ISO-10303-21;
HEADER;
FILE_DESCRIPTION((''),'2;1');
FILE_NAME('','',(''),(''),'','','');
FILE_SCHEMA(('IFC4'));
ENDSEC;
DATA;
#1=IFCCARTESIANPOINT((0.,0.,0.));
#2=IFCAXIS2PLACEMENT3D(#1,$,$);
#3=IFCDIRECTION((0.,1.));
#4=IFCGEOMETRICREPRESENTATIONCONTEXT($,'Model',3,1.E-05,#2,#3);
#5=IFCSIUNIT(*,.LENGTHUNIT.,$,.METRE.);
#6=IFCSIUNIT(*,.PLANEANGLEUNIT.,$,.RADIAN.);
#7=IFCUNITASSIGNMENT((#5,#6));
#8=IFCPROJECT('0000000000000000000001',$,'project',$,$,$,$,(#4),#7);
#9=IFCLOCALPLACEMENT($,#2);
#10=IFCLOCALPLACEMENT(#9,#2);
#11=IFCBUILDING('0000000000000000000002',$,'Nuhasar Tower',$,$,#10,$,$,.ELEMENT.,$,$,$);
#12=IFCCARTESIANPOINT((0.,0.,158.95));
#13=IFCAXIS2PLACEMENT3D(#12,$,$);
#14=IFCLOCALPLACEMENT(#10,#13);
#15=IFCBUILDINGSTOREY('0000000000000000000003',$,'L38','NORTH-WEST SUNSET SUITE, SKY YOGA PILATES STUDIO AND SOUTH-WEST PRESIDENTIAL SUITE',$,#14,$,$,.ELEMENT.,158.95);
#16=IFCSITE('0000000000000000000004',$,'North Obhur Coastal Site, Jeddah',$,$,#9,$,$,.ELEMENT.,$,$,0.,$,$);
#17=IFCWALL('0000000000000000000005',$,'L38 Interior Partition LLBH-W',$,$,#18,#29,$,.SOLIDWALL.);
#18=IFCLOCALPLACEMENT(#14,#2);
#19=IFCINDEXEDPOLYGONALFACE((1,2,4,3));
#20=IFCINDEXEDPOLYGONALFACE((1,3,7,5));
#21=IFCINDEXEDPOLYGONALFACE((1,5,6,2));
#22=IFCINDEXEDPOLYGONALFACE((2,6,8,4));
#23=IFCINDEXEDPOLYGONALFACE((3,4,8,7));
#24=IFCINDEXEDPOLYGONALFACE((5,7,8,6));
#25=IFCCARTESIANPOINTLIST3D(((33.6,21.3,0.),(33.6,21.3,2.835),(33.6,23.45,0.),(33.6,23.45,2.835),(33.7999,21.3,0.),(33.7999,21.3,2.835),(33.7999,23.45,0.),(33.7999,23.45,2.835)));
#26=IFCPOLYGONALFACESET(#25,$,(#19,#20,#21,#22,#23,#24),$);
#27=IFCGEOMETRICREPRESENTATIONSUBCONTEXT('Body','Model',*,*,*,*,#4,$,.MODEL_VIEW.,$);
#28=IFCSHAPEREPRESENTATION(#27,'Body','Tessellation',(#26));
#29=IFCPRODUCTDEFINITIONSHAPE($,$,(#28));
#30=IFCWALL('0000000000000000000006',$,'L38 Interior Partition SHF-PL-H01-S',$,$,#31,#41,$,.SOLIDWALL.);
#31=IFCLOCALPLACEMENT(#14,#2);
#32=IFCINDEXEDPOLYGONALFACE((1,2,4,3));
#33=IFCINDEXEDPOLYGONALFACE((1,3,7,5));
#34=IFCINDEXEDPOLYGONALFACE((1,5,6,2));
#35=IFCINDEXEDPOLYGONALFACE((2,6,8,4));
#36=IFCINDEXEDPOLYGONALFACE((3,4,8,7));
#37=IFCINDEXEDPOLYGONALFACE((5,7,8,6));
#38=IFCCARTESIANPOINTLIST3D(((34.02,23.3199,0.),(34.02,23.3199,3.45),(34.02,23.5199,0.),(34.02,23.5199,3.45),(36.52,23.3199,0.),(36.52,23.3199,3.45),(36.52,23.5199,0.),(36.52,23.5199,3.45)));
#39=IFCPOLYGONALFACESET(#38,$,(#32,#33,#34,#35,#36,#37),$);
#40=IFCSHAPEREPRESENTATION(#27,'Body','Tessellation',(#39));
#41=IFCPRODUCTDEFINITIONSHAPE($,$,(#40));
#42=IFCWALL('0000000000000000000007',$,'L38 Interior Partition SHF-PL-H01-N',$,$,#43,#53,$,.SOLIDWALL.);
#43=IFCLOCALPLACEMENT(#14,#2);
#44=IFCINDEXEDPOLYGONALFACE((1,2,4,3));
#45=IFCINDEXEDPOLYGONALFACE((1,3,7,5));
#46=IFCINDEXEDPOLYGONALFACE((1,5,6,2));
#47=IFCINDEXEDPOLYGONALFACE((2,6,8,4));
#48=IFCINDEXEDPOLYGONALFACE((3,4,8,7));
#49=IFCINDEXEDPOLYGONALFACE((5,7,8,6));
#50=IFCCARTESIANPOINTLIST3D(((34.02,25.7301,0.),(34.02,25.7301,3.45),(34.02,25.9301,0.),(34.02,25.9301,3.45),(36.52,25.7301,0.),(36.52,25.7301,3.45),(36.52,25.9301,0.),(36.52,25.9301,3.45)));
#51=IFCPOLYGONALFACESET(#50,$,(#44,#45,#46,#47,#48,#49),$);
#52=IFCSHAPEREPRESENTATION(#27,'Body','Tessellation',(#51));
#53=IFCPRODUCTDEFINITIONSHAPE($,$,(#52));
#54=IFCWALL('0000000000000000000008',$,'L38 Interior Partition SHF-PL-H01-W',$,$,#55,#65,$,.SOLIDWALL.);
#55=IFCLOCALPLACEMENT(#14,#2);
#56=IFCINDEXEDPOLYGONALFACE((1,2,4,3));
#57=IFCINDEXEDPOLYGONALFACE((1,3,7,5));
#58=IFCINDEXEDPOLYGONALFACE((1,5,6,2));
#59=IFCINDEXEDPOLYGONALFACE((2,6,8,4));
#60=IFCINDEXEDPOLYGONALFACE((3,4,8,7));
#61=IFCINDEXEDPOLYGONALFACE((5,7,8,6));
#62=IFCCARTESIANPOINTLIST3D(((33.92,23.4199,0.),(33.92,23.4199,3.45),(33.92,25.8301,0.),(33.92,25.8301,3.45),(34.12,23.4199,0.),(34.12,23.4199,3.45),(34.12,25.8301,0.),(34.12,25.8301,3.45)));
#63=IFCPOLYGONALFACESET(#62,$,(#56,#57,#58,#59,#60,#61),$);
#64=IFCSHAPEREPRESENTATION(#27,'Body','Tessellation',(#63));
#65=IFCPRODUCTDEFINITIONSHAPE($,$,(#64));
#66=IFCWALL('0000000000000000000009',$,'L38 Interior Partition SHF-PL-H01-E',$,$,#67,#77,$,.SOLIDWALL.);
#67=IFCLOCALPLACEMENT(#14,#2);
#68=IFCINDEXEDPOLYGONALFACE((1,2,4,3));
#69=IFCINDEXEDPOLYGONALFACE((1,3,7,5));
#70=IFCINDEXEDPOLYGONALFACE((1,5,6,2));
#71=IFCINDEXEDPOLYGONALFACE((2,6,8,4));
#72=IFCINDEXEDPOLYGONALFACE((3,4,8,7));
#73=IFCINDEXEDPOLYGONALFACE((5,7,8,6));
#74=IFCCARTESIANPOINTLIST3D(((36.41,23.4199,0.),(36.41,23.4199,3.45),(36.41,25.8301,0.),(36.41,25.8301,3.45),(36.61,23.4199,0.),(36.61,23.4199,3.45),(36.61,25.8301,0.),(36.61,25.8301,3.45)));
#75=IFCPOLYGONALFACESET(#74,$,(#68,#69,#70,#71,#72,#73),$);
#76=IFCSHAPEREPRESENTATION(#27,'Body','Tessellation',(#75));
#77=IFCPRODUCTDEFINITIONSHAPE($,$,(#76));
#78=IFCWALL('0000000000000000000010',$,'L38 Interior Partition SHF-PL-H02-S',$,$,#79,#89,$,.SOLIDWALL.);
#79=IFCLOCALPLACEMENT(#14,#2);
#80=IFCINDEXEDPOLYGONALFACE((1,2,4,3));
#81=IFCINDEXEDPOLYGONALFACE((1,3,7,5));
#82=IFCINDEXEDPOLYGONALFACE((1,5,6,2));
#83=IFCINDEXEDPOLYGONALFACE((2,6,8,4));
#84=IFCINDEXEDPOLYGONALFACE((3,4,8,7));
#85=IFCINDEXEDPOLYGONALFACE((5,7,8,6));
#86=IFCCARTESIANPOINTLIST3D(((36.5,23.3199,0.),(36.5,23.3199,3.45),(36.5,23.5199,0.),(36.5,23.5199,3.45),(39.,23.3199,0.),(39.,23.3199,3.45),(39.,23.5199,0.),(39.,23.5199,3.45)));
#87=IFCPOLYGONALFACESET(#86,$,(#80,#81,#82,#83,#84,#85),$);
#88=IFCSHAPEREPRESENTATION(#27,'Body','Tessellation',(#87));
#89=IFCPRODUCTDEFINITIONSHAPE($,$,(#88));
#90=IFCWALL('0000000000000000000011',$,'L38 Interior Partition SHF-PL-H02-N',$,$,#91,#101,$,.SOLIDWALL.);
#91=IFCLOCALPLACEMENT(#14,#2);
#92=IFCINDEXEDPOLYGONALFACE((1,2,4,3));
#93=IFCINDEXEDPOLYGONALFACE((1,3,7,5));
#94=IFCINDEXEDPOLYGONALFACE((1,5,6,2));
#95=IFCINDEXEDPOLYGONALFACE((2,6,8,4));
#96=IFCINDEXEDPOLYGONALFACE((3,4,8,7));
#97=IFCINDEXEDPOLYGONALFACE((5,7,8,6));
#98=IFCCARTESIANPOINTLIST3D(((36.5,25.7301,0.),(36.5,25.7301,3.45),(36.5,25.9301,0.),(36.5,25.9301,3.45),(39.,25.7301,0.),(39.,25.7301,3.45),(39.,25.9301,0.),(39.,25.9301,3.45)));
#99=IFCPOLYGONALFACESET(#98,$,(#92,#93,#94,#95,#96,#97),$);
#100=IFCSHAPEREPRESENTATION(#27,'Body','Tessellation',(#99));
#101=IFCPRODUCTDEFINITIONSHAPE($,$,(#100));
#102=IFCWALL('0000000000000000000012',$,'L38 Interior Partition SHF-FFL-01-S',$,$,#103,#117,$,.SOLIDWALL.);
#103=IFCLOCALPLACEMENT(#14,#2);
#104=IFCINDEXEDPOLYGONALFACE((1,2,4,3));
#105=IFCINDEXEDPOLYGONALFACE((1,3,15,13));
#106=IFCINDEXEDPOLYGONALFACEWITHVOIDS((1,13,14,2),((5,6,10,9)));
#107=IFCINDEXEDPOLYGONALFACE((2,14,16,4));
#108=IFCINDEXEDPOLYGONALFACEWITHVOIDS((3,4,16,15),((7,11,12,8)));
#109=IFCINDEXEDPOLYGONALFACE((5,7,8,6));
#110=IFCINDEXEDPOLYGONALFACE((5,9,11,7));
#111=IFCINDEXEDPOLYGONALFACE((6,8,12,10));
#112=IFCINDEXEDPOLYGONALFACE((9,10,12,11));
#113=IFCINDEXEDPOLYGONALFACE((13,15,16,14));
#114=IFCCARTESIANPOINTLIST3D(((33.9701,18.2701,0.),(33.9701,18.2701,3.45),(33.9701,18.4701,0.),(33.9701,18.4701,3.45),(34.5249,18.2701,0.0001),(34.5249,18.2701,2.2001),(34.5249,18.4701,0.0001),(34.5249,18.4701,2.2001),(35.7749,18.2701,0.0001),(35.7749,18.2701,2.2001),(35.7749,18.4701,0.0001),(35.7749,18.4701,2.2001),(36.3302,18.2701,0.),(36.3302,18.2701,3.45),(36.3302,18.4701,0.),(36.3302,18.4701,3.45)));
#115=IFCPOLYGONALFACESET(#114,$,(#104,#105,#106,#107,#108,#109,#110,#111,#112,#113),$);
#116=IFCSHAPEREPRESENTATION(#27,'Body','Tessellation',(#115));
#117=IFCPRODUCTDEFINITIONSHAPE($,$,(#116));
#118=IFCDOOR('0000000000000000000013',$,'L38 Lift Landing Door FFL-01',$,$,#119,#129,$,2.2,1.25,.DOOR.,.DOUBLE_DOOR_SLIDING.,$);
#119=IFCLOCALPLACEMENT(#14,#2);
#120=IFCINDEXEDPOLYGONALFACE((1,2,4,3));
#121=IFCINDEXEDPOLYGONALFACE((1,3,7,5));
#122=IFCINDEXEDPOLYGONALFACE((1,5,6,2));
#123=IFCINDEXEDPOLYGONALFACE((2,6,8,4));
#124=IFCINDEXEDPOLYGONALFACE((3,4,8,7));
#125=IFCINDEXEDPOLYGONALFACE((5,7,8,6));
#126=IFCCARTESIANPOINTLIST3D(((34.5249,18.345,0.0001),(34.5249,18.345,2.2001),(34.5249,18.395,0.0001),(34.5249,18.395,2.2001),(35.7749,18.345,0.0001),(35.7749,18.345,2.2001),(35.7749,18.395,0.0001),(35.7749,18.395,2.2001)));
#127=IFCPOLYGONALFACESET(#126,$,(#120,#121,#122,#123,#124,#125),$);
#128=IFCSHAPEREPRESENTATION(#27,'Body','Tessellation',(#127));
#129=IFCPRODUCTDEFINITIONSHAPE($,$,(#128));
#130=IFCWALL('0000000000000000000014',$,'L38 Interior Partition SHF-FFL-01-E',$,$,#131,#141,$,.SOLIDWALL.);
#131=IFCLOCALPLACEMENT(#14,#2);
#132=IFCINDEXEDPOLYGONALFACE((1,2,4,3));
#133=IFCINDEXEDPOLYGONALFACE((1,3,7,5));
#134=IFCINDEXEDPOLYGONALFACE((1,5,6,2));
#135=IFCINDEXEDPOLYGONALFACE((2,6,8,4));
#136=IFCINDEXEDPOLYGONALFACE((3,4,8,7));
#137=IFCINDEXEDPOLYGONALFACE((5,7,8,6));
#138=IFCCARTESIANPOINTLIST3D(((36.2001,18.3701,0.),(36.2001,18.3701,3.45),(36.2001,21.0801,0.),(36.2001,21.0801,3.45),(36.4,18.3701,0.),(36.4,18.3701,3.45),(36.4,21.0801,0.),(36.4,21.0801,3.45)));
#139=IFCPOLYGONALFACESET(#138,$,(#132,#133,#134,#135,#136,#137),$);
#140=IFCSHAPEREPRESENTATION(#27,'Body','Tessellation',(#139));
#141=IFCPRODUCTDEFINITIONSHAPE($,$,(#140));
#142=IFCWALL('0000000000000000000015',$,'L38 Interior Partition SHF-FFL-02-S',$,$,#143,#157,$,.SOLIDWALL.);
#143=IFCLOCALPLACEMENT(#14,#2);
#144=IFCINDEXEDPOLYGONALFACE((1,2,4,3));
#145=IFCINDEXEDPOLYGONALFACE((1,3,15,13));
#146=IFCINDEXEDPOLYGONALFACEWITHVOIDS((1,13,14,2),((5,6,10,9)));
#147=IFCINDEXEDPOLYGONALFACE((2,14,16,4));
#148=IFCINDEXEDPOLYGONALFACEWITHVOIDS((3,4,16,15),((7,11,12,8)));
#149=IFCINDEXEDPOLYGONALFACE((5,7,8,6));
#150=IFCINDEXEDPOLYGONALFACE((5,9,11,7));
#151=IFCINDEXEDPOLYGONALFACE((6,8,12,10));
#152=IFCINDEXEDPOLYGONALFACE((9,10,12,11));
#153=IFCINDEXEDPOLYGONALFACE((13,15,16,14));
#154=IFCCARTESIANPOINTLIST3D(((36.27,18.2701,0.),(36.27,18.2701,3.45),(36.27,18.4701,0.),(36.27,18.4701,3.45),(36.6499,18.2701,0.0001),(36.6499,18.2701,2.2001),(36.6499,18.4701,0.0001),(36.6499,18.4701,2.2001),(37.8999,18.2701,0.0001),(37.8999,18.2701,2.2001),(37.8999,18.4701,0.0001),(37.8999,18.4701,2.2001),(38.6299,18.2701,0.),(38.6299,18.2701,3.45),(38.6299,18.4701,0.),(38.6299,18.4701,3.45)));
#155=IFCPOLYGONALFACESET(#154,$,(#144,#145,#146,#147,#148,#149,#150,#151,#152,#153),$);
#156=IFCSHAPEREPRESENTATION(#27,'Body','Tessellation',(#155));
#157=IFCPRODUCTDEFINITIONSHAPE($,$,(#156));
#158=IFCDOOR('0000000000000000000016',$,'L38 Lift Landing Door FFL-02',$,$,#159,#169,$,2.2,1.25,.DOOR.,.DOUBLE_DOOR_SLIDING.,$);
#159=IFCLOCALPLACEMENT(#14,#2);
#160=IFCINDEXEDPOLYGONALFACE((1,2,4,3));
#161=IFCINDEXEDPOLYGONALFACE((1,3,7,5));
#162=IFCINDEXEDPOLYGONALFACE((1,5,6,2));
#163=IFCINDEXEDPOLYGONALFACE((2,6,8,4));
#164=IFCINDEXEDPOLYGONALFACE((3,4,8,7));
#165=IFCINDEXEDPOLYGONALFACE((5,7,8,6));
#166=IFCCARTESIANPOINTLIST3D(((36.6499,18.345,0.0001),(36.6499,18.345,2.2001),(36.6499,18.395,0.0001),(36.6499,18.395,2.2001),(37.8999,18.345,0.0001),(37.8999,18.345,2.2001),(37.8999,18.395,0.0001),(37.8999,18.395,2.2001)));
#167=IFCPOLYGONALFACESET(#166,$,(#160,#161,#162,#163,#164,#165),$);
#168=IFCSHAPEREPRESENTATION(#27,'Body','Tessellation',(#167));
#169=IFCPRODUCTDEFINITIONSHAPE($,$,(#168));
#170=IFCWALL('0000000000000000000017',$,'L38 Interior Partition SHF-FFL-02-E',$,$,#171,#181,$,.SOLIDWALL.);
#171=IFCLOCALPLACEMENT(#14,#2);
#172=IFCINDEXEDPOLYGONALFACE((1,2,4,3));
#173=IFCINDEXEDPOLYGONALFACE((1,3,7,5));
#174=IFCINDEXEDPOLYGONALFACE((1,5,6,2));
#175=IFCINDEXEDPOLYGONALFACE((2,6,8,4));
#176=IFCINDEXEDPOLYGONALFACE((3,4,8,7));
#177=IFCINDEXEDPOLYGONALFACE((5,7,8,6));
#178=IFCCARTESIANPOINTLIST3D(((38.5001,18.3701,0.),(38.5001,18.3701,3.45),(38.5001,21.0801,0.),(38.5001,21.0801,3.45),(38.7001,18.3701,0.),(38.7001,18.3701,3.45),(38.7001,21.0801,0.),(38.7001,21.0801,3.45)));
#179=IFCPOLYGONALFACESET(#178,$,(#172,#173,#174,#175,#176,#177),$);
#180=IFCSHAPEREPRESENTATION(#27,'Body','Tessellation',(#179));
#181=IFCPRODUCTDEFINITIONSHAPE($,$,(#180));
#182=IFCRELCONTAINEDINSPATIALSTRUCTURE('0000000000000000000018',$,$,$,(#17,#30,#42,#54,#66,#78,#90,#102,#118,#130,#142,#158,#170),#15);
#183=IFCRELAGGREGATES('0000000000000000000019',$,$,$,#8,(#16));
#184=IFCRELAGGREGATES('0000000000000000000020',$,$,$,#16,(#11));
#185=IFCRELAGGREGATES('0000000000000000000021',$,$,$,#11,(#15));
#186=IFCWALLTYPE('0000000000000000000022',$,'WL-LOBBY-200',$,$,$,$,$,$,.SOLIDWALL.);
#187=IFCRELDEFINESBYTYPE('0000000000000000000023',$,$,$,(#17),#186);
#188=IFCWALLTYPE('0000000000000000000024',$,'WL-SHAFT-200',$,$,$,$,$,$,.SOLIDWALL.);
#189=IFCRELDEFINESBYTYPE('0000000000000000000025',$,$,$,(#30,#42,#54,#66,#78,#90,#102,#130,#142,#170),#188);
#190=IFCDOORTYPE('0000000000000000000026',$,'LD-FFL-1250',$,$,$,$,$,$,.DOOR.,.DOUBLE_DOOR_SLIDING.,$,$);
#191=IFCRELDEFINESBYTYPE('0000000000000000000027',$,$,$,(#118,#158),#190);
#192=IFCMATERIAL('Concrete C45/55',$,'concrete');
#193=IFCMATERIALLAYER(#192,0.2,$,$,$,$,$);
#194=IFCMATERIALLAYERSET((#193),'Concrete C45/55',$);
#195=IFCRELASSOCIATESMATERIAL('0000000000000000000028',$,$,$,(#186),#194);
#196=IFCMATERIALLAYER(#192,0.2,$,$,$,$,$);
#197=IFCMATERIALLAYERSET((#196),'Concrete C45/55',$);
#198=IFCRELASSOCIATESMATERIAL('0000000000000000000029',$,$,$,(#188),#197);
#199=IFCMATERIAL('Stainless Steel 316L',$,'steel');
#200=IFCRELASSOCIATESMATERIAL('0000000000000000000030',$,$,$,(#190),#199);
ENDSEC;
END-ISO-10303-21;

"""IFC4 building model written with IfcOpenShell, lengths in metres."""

from ifc_helpers import new_model, si_unit, direction, frame, frame_2d, origin, place, context, subcontext, project, spatial, rectangle, extrude, material, layer, layer_set, type_object, element, fill, save


model = new_model("IFC4")

# Units and contexts
model_context = context("Model", 3, precision=1e-05, world=origin(), true_north=direction((0.0, 1.0)))
body_context = subcontext(model_context, "Body", "Model", "MODEL_VIEW")
ifc_project = project(units=[si_unit("LENGTHUNIT", "METRE"), si_unit("PLANEANGLEUNIT", "RADIAN")], contexts=[model_context])

# Site, building, storey
site_placement = place(None, origin())
site = spatial("IfcSite", under=ifc_project, at=site_placement, Name="North Obhur Coastal Site, Jeddah", CompositionType="ELEMENT", RefElevation=0.0)
building_placement = place(site_placement, origin())
building = spatial("IfcBuilding", under=site, at=building_placement, Name="Nuhasar Tower", CompositionType="ELEMENT")
storey_placement = place(building_placement, frame((0.0, 0.0, 158.95)))
storey = spatial("IfcBuildingStorey", under=building, at=storey_placement, Name="L38", Description="NORTH-WEST SUNSET SUITE, SKY YOGA PILATES STUDIO AND SOUTH-WEST PRESIDENTIAL SUITE", CompositionType="ELEMENT", Elevation=158.95)

# Walls
ifc_material_1 = material(Name="Concrete C45/55", Category="concrete")
ifc_layer_1 = layer(ifc_material_1, 0.2)
ifc_layer_set_1 = layer_set([ifc_layer_1], Name="Concrete C45/55")
wall_type_1 = type_object("IfcWallType", Name="WL-LOBBY-200", PredefinedType="SOLIDWALL", material=ifc_layer_set_1)
wall_1_placement = place(storey_placement, frame((33.7, 21.3, 0.0), z_axis=(0.0, 0.0, 1.0), x_axis=(0.0, 1.0, 0.0)))
element("IfcWall", 1, at=wall_1_placement, inside=storey, type_object=wall_type_1, Name="L38 Interior Partition LLBH-W", PredefinedType="SOLIDWALL", context=body_context, shape_type="SweptSolid", body=[
    extrude(rectangle(XDim=2.1499, YDim=0.2, at=frame_2d((1.075, 0.0))), origin(), (0.0, 0.0, 1.0), 2.835),
])
ifc_layer_2 = layer(ifc_material_1, 0.2)
ifc_layer_set_2 = layer_set([ifc_layer_2], Name="Concrete C45/55")
wall_type_2 = type_object("IfcWallType", Name="WL-SHAFT-200", PredefinedType="SOLIDWALL", material=ifc_layer_set_2)
for number, where, z_axis, x_axis, name in (
    (2, (34.02, 23.4199, 0.0), (0.0, 0.0, 1.0), (1.0, 0.0, 0.0), "L38 Interior Partition SHF-PL-H01-S"),
    (3, (34.02, 25.8301, 0.0), (0.0, 0.0, 1.0), (1.0, 0.0, 0.0), "L38 Interior Partition SHF-PL-H01-N"),
):
    element("IfcWall", number, at=place(storey_placement, frame(where, z_axis=z_axis, x_axis=x_axis)), inside=storey, type_object=wall_type_2, Name=name, PredefinedType="SOLIDWALL", context=body_context, shape_type="SweptSolid", body=[
        extrude(rectangle(XDim=2.5, YDim=0.2, at=frame_2d((1.25, 0.0))), origin(), (0.0, 0.0, 1.0), 3.45),
    ])
for number, where, z_axis, x_axis, name in (
    (4, (34.02, 23.4199, 0.0), (0.0, 0.0, 1.0), (0.0, 1.0, 0.0), "L38 Interior Partition SHF-PL-H01-W"),
    (5, (36.51, 23.4199, 0.0), (0.0, 0.0, 1.0), (0.0, 1.0, 0.0), "L38 Interior Partition SHF-PL-H01-E"),
):
    element("IfcWall", number, at=place(storey_placement, frame(where, z_axis=z_axis, x_axis=x_axis)), inside=storey, type_object=wall_type_2, Name=name, PredefinedType="SOLIDWALL", context=body_context, shape_type="SweptSolid", body=[
        extrude(rectangle(XDim=2.4102, YDim=0.2, at=frame_2d((1.2051, 0.0))), origin(), (0.0, 0.0, 1.0), 3.45),
    ])
for number, where, z_axis, x_axis, name in (
    (6, (36.5, 23.4199, 0.0), (0.0, 0.0, 1.0), (1.0, 0.0, 0.0), "L38 Interior Partition SHF-PL-H02-S"),
    (7, (36.5, 25.8301, 0.0), (0.0, 0.0, 1.0), (1.0, 0.0, 0.0), "L38 Interior Partition SHF-PL-H02-N"),
):
    element("IfcWall", number, at=place(storey_placement, frame(where, z_axis=z_axis, x_axis=x_axis)), inside=storey, type_object=wall_type_2, Name=name, PredefinedType="SOLIDWALL", context=body_context, shape_type="SweptSolid", body=[
        extrude(rectangle(XDim=2.5, YDim=0.2, at=frame_2d((1.25, 0.0))), origin(), (0.0, 0.0, 1.0), 3.45),
    ])

# Wall, opening, door
wall_2_placement = place(storey_placement, frame((33.97, 18.3701, 0.0), z_axis=(0.0, 0.0, 1.0), x_axis=(1.0, 0.0, 0.0)))
wall_2 = element("IfcWall", 8, at=wall_2_placement, inside=storey, type_object=wall_type_2, Name="L38 Interior Partition SHF-FFL-01-S", PredefinedType="SOLIDWALL", context=body_context, shape_type="SweptSolid", body=[
    extrude(rectangle(XDim=2.3601, YDim=0.2, at=frame_2d((1.1802, 0.0))), origin(), (0.0, 0.0, 1.0), 3.45),
])
opening_1_placement = place(wall_2_placement, frame((0.5549, 0.0, 0.0)))
opening_1 = element("IfcOpeningElement", 9, at=opening_1_placement, cuts=wall_2, PredefinedType="OPENING", context=body_context, shape_type="SweptSolid", body=[
    extrude(rectangle(XDim=1.25, YDim=2.2, at=frame_2d((0.625, 1.1001))), frame((0.0, 0.1099, 0.0), z_axis=(0.0, -1.0, 0.0), x_axis=(1.0, 0.0, 0.0)), (0.0, 0.0, 1.0), 0.22),
])
ifc_material_2 = material(Name="Stainless Steel 316L", Category="steel")
door_type_1 = type_object("IfcDoorType", Name="LD-FFL-1250", OperationType="DOUBLE_DOOR_SLIDING", PredefinedType="DOOR", material=ifc_material_2)
door_1_placement = place(opening_1_placement, origin())
door_1 = element("IfcDoor", 10, at=door_1_placement, inside=storey, type_object=door_type_1, Name="L38 Lift Landing Door FFL-01", OperationType="DOUBLE_DOOR_SLIDING", OverallHeight=2.2, OverallWidth=1.25, PredefinedType="DOOR", context=body_context, shape_type="SweptSolid", body=[
    extrude(rectangle(XDim=1.25, YDim=2.2, at=frame_2d((0.625, 1.1001))), frame((0.0, 0.0249, 0.0), z_axis=(0.0, -1.0, 0.0), x_axis=(1.0, 0.0, 0.0)), (0.0, 0.0, 1.0), 0.05),
])
fill(opening_1, door_1)

# Wall
wall_3_placement = place(storey_placement, frame((36.3, 18.3701, 0.0), z_axis=(0.0, 0.0, 1.0), x_axis=(0.0, 1.0, 0.0)))
element("IfcWall", 11, at=wall_3_placement, inside=storey, type_object=wall_type_2, Name="L38 Interior Partition SHF-FFL-01-E", PredefinedType="SOLIDWALL", context=body_context, shape_type="SweptSolid", body=[
    extrude(rectangle(XDim=2.71, YDim=0.2, at=frame_2d((1.355, 0.0))), origin(), (0.0, 0.0, 1.0), 3.45),
])

# Wall, opening, door
wall_4_placement = place(storey_placement, frame((36.27, 18.3701, 0.0), z_axis=(0.0, 0.0, 1.0), x_axis=(1.0, 0.0, 0.0)))
wall_4 = element("IfcWall", 12, at=wall_4_placement, inside=storey, type_object=wall_type_2, Name="L38 Interior Partition SHF-FFL-02-S", PredefinedType="SOLIDWALL", context=body_context, shape_type="SweptSolid", body=[
    extrude(rectangle(XDim=2.3599, YDim=0.2, at=frame_2d((1.1799, 0.0))), origin(), (0.0, 0.0, 1.0), 3.45),
])
opening_2_placement = place(wall_4_placement, frame((0.3799, 0.0, 0.0)))
opening_2 = element("IfcOpeningElement", 13, at=opening_2_placement, cuts=wall_4, PredefinedType="OPENING", context=body_context, shape_type="SweptSolid", body=[
    extrude(rectangle(XDim=1.25, YDim=2.2, at=frame_2d((0.625, 1.1001))), frame((0.0, 0.1099, 0.0), z_axis=(0.0, -1.0, 0.0), x_axis=(1.0, 0.0, 0.0)), (0.0, 0.0, 1.0), 0.22),
])
door_2_placement = place(opening_2_placement, origin())
door_2 = element("IfcDoor", 14, at=door_2_placement, inside=storey, type_object=door_type_1, Name="L38 Lift Landing Door FFL-02", OperationType="DOUBLE_DOOR_SLIDING", OverallHeight=2.2, OverallWidth=1.25, PredefinedType="DOOR", context=body_context, shape_type="SweptSolid", body=[
    extrude(rectangle(XDim=1.25, YDim=2.2, at=frame_2d((0.625, 1.1001))), frame((0.0, 0.0249, 0.0), z_axis=(0.0, -1.0, 0.0), x_axis=(1.0, 0.0, 0.0)), (0.0, 0.0, 1.0), 0.05),
])
fill(opening_2, door_2)

# Wall
wall_5_placement = place(storey_placement, frame((38.6001, 18.3701, 0.0), z_axis=(0.0, 0.0, 1.0), x_axis=(0.0, 1.0, 0.0)))
element("IfcWall", 15, at=wall_5_placement, inside=storey, type_object=wall_type_2, Name="L38 Interior Partition SHF-FFL-02-E", PredefinedType="SOLIDWALL", context=body_context, shape_type="SweptSolid", body=[
    extrude(rectangle(XDim=2.71, YDim=0.2, at=frame_2d((1.355, 0.0))), origin(), (0.0, 0.0, 1.0), 3.45),
])

save(model, "model.ifc")
